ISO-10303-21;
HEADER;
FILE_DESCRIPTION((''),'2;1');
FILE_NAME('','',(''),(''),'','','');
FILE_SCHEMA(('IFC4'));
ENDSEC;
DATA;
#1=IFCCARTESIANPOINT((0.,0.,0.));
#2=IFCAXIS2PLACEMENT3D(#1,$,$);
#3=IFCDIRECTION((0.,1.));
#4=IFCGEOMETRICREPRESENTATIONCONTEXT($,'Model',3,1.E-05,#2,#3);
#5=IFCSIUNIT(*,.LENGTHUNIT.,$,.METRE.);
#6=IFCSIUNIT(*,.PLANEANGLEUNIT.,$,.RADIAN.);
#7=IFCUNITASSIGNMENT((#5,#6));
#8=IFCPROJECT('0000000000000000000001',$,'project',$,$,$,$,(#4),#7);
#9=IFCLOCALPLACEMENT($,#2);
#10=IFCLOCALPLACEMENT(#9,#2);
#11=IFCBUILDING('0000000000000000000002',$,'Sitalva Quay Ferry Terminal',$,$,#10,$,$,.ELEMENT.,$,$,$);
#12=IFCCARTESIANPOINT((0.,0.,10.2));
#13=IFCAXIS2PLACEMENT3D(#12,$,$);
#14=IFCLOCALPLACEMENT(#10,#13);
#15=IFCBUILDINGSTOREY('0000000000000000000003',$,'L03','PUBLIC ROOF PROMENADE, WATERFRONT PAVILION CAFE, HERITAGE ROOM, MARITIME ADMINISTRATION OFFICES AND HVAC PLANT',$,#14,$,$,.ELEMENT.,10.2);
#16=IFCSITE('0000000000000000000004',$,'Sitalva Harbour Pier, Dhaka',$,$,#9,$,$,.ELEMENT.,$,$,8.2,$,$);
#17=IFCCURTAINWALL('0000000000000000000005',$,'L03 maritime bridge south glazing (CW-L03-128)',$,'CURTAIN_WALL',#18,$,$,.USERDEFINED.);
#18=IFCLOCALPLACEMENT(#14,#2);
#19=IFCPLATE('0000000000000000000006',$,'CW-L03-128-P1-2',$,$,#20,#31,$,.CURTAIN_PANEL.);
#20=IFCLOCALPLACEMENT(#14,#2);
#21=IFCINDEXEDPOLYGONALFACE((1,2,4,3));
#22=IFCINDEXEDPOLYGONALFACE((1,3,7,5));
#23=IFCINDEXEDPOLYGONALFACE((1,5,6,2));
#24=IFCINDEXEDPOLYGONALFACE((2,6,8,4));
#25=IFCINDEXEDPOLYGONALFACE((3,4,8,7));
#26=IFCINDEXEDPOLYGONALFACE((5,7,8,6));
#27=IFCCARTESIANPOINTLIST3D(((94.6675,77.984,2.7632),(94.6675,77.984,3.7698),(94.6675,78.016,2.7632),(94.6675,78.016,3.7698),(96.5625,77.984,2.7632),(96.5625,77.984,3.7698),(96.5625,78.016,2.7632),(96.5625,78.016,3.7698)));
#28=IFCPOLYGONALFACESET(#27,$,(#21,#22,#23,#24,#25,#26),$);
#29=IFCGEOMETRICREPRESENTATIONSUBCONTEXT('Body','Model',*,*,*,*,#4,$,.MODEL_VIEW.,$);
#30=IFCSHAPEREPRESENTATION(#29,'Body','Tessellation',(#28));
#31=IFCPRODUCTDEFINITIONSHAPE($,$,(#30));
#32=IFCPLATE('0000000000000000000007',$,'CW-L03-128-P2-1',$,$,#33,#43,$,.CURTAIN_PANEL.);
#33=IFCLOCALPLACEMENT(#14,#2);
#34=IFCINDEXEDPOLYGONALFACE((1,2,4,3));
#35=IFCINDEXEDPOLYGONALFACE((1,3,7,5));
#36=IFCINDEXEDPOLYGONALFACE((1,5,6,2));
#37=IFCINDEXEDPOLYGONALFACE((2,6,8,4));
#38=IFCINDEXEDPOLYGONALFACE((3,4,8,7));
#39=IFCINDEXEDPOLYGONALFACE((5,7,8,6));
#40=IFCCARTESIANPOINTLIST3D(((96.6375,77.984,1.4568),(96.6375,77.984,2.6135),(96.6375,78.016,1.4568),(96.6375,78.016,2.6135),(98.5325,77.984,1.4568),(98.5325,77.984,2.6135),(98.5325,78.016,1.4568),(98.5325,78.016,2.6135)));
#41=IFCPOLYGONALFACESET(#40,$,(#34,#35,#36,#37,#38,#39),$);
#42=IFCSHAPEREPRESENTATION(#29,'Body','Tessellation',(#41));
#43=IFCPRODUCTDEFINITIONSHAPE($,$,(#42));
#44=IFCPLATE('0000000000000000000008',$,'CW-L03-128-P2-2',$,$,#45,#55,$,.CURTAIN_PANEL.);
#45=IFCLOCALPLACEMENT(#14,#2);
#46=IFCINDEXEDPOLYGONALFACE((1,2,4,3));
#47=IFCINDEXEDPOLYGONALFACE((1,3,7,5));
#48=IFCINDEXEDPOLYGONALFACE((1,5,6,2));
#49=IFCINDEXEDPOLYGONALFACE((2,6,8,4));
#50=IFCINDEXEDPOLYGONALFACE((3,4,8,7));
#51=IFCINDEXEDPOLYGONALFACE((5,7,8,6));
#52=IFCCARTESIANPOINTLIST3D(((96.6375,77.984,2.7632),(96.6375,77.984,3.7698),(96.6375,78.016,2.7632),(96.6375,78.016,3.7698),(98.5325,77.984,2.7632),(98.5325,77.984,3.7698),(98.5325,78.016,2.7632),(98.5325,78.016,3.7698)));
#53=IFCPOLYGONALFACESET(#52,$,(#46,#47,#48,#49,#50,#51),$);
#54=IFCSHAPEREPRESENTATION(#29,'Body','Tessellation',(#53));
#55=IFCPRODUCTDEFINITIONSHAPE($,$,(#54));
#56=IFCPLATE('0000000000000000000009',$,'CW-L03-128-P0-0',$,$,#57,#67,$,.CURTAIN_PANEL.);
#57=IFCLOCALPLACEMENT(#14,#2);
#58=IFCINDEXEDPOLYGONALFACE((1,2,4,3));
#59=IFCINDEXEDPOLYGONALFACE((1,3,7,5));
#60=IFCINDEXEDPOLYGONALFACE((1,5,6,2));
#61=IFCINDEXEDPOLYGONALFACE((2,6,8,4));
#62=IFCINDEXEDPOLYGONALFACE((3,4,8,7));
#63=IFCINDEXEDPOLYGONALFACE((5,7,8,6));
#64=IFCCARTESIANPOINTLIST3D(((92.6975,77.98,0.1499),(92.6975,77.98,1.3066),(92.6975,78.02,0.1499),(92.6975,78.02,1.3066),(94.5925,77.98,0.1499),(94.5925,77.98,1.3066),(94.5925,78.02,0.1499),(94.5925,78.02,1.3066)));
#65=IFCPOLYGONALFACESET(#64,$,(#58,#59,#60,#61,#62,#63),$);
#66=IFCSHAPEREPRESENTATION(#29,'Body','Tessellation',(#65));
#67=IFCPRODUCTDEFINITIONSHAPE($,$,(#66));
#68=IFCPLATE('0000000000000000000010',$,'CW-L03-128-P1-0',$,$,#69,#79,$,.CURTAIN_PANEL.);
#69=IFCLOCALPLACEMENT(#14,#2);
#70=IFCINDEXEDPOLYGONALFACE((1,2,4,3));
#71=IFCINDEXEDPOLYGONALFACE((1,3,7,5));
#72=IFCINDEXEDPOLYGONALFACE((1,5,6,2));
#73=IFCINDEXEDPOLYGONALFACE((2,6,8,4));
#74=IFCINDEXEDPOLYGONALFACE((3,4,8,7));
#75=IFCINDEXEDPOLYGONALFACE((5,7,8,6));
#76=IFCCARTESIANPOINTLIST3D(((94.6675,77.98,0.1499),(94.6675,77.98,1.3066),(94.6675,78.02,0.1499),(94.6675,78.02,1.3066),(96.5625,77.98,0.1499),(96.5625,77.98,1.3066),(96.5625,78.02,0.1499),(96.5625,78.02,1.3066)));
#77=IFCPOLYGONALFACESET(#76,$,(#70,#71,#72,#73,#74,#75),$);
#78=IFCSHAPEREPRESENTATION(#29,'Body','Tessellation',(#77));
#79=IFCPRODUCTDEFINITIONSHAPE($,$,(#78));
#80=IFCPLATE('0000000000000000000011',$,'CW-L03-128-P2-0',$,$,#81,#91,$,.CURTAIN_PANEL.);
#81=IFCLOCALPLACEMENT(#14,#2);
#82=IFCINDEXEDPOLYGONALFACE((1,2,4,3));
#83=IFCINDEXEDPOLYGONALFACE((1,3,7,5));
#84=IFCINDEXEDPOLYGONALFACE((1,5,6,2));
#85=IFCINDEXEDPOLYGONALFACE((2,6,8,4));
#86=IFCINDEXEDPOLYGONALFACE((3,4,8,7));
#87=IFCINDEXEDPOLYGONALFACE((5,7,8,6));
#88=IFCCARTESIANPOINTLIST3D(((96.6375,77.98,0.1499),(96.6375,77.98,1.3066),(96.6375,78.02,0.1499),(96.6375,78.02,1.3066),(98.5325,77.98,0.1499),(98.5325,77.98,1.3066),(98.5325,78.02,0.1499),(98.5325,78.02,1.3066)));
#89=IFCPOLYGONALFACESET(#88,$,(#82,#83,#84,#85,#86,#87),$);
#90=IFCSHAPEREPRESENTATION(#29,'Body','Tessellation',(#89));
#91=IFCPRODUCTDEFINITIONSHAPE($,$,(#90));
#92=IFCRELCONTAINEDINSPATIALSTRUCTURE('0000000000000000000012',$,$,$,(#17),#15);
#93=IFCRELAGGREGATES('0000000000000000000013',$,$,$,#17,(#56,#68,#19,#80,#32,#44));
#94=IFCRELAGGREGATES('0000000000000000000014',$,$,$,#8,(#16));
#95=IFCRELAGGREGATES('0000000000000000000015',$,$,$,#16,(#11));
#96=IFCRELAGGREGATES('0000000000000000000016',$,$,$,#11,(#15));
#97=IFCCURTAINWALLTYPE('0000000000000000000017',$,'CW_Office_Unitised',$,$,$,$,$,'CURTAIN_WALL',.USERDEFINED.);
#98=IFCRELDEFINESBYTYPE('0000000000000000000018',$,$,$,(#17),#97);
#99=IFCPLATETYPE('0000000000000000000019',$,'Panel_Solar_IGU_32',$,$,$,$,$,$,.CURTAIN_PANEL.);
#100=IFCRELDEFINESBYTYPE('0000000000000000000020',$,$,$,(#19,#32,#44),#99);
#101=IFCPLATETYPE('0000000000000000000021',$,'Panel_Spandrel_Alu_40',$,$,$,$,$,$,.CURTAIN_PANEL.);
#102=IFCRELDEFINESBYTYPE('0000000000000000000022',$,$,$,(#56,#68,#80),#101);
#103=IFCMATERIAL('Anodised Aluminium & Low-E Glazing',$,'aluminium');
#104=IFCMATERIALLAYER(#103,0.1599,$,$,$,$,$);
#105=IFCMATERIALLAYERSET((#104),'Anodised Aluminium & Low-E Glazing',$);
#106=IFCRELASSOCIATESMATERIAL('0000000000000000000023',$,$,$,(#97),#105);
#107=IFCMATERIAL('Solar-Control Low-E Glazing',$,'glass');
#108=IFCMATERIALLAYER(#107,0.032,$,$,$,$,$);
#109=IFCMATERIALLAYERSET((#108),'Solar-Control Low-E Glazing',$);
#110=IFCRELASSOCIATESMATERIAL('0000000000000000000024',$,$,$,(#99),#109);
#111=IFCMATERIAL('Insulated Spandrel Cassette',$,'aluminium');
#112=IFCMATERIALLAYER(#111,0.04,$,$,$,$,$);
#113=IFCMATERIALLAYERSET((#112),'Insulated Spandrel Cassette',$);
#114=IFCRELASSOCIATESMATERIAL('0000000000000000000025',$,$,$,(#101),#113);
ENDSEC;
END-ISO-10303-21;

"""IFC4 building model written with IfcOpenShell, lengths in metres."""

from ifc_helpers import new_model, si_unit, direction, frame, origin, origin_2d, place, context, subcontext, project, spatial, rectangle, extrude, material, layer, layer_set, type_object, element, aggregate, save


model = new_model("IFC4")

# Units and contexts
model_context = context("Model", 3, precision=1e-05, world=origin(), true_north=direction((0.0, 1.0)))
body_context = subcontext(model_context, "Body", "Model", "MODEL_VIEW")
ifc_project = project(units=[si_unit("LENGTHUNIT", "METRE"), si_unit("PLANEANGLEUNIT", "RADIAN")], contexts=[model_context])

# Site, building, storey
site_placement = place(None, origin())
site = spatial("IfcSite", under=ifc_project, at=site_placement, Name="Sitalva Harbour Pier, Dhaka", CompositionType="ELEMENT", RefElevation=8.2)
building_placement = place(site_placement, origin())
building = spatial("IfcBuilding", under=site, at=building_placement, Name="Sitalva Quay Ferry Terminal", CompositionType="ELEMENT")
storey_placement = place(building_placement, frame((0.0, 0.0, 10.2)))
storey = spatial("IfcBuildingStorey", under=building, at=storey_placement, Name="L03", Description="PUBLIC ROOF PROMENADE, WATERFRONT PAVILION CAFE, HERITAGE ROOM, MARITIME ADMINISTRATION OFFICES AND HVAC PLANT", CompositionType="ELEMENT", Elevation=10.2)

# Curtain wall, plates
ifc_material_1 = material(Name="Anodised Aluminium & Low-E Glazing", Category="aluminium")
ifc_layer_1 = layer(ifc_material_1, 0.1599)
ifc_layer_set_1 = layer_set([ifc_layer_1], Name="Anodised Aluminium & Low-E Glazing")
curtain_wall_type = type_object("IfcCurtainWallType", Name="CW_Office_Unitised", ElementType="CURTAIN_WALL", PredefinedType="USERDEFINED", material=ifc_layer_set_1)
curtain_wall_placement = place(storey_placement, origin())
curtain_wall = element("IfcCurtainWall", 1, at=curtain_wall_placement, inside=storey, type_object=curtain_wall_type, Name="L03 maritime bridge south glazing (CW-L03-128)", ObjectType="CURTAIN_WALL", PredefinedType="USERDEFINED")
ifc_material_2 = material(Name="Solar-Control Low-E Glazing", Category="glass")
ifc_layer_2 = layer(ifc_material_2, 0.032)
ifc_layer_set_2 = layer_set([ifc_layer_2], Name="Solar-Control Low-E Glazing")
plate_type_1 = type_object("IfcPlateType", Name="Panel_Solar_IGU_32", PredefinedType="CURTAIN_PANEL", material=ifc_layer_set_2)
plate_1_placement = place(storey_placement, frame((95.615, 78.0, 2.7632), z_axis=(0.0, 0.0, 1.0), x_axis=(1.0, 0.0, 0.0)))
plate_1 = element("IfcPlate", 2, at=plate_1_placement, type_object=plate_type_1, Name="CW-L03-128-P1-2", PredefinedType="CURTAIN_PANEL", context=body_context, shape_type="SweptSolid", body=[
    extrude(rectangle(XDim=1.895, YDim=0.032, at=origin_2d()), origin(), (0.0, 0.0, 1.0), 1.0066),
])
plate_2_placement = place(storey_placement, frame((97.585, 78.0, 1.4568), z_axis=(0.0, 0.0, 1.0), x_axis=(1.0, 0.0, 0.0)))
plate_2 = element("IfcPlate", 3, at=plate_2_placement, type_object=plate_type_1, Name="CW-L03-128-P2-1", PredefinedType="CURTAIN_PANEL", context=body_context, shape_type="SweptSolid", body=[
    extrude(rectangle(XDim=1.895, YDim=0.032, at=origin_2d()), origin(), (0.0, 0.0, 1.0), 1.1567),
])
plate_3_placement = place(storey_placement, frame((97.585, 78.0, 2.7632), z_axis=(0.0, 0.0, 1.0), x_axis=(1.0, 0.0, 0.0)))
plate_3 = element("IfcPlate", 4, at=plate_3_placement, type_object=plate_type_1, Name="CW-L03-128-P2-2", PredefinedType="CURTAIN_PANEL", context=body_context, shape_type="SweptSolid", body=[
    extrude(rectangle(XDim=1.895, YDim=0.032, at=origin_2d()), origin(), (0.0, 0.0, 1.0), 1.0066),
])
ifc_material_3 = material(Name="Insulated Spandrel Cassette", Category="aluminium")
ifc_layer_3 = layer(ifc_material_3, 0.04)
ifc_layer_set_3 = layer_set([ifc_layer_3], Name="Insulated Spandrel Cassette")
plate_type_2 = type_object("IfcPlateType", Name="Panel_Spandrel_Alu_40", PredefinedType="CURTAIN_PANEL", material=ifc_layer_set_3)
plate_4_placement = place(storey_placement, frame((93.645, 78.0, 0.1499), z_axis=(0.0, 0.0, 1.0), x_axis=(1.0, 0.0, 0.0)))
plate_4 = element("IfcPlate", 5, at=plate_4_placement, type_object=plate_type_2, Name="CW-L03-128-P0-0", PredefinedType="CURTAIN_PANEL", context=body_context, shape_type="SweptSolid", body=[
    extrude(rectangle(XDim=1.895, YDim=0.04, at=origin_2d()), origin(), (0.0, 0.0, 1.0), 1.1567),
])
plate_5_placement = place(storey_placement, frame((95.615, 78.0, 0.1499), z_axis=(0.0, 0.0, 1.0), x_axis=(1.0, 0.0, 0.0)))
plate_5 = element("IfcPlate", 6, at=plate_5_placement, type_object=plate_type_2, Name="CW-L03-128-P1-0", PredefinedType="CURTAIN_PANEL", context=body_context, shape_type="SweptSolid", body=[
    extrude(rectangle(XDim=1.895, YDim=0.04, at=origin_2d()), origin(), (0.0, 0.0, 1.0), 1.1567),
])
plate_6_placement = place(storey_placement, frame((97.585, 78.0, 0.1499), z_axis=(0.0, 0.0, 1.0), x_axis=(1.0, 0.0, 0.0)))
plate_6 = element("IfcPlate", 7, at=plate_6_placement, type_object=plate_type_2, Name="CW-L03-128-P2-0", PredefinedType="CURTAIN_PANEL", context=body_context, shape_type="SweptSolid", body=[
    extrude(rectangle(XDim=1.895, YDim=0.04, at=origin_2d()), origin(), (0.0, 0.0, 1.0), 1.1567),
])
aggregate(curtain_wall, [plate_4, plate_5, plate_1, plate_6, plate_2, plate_3])

save(model, "model.ifc")
